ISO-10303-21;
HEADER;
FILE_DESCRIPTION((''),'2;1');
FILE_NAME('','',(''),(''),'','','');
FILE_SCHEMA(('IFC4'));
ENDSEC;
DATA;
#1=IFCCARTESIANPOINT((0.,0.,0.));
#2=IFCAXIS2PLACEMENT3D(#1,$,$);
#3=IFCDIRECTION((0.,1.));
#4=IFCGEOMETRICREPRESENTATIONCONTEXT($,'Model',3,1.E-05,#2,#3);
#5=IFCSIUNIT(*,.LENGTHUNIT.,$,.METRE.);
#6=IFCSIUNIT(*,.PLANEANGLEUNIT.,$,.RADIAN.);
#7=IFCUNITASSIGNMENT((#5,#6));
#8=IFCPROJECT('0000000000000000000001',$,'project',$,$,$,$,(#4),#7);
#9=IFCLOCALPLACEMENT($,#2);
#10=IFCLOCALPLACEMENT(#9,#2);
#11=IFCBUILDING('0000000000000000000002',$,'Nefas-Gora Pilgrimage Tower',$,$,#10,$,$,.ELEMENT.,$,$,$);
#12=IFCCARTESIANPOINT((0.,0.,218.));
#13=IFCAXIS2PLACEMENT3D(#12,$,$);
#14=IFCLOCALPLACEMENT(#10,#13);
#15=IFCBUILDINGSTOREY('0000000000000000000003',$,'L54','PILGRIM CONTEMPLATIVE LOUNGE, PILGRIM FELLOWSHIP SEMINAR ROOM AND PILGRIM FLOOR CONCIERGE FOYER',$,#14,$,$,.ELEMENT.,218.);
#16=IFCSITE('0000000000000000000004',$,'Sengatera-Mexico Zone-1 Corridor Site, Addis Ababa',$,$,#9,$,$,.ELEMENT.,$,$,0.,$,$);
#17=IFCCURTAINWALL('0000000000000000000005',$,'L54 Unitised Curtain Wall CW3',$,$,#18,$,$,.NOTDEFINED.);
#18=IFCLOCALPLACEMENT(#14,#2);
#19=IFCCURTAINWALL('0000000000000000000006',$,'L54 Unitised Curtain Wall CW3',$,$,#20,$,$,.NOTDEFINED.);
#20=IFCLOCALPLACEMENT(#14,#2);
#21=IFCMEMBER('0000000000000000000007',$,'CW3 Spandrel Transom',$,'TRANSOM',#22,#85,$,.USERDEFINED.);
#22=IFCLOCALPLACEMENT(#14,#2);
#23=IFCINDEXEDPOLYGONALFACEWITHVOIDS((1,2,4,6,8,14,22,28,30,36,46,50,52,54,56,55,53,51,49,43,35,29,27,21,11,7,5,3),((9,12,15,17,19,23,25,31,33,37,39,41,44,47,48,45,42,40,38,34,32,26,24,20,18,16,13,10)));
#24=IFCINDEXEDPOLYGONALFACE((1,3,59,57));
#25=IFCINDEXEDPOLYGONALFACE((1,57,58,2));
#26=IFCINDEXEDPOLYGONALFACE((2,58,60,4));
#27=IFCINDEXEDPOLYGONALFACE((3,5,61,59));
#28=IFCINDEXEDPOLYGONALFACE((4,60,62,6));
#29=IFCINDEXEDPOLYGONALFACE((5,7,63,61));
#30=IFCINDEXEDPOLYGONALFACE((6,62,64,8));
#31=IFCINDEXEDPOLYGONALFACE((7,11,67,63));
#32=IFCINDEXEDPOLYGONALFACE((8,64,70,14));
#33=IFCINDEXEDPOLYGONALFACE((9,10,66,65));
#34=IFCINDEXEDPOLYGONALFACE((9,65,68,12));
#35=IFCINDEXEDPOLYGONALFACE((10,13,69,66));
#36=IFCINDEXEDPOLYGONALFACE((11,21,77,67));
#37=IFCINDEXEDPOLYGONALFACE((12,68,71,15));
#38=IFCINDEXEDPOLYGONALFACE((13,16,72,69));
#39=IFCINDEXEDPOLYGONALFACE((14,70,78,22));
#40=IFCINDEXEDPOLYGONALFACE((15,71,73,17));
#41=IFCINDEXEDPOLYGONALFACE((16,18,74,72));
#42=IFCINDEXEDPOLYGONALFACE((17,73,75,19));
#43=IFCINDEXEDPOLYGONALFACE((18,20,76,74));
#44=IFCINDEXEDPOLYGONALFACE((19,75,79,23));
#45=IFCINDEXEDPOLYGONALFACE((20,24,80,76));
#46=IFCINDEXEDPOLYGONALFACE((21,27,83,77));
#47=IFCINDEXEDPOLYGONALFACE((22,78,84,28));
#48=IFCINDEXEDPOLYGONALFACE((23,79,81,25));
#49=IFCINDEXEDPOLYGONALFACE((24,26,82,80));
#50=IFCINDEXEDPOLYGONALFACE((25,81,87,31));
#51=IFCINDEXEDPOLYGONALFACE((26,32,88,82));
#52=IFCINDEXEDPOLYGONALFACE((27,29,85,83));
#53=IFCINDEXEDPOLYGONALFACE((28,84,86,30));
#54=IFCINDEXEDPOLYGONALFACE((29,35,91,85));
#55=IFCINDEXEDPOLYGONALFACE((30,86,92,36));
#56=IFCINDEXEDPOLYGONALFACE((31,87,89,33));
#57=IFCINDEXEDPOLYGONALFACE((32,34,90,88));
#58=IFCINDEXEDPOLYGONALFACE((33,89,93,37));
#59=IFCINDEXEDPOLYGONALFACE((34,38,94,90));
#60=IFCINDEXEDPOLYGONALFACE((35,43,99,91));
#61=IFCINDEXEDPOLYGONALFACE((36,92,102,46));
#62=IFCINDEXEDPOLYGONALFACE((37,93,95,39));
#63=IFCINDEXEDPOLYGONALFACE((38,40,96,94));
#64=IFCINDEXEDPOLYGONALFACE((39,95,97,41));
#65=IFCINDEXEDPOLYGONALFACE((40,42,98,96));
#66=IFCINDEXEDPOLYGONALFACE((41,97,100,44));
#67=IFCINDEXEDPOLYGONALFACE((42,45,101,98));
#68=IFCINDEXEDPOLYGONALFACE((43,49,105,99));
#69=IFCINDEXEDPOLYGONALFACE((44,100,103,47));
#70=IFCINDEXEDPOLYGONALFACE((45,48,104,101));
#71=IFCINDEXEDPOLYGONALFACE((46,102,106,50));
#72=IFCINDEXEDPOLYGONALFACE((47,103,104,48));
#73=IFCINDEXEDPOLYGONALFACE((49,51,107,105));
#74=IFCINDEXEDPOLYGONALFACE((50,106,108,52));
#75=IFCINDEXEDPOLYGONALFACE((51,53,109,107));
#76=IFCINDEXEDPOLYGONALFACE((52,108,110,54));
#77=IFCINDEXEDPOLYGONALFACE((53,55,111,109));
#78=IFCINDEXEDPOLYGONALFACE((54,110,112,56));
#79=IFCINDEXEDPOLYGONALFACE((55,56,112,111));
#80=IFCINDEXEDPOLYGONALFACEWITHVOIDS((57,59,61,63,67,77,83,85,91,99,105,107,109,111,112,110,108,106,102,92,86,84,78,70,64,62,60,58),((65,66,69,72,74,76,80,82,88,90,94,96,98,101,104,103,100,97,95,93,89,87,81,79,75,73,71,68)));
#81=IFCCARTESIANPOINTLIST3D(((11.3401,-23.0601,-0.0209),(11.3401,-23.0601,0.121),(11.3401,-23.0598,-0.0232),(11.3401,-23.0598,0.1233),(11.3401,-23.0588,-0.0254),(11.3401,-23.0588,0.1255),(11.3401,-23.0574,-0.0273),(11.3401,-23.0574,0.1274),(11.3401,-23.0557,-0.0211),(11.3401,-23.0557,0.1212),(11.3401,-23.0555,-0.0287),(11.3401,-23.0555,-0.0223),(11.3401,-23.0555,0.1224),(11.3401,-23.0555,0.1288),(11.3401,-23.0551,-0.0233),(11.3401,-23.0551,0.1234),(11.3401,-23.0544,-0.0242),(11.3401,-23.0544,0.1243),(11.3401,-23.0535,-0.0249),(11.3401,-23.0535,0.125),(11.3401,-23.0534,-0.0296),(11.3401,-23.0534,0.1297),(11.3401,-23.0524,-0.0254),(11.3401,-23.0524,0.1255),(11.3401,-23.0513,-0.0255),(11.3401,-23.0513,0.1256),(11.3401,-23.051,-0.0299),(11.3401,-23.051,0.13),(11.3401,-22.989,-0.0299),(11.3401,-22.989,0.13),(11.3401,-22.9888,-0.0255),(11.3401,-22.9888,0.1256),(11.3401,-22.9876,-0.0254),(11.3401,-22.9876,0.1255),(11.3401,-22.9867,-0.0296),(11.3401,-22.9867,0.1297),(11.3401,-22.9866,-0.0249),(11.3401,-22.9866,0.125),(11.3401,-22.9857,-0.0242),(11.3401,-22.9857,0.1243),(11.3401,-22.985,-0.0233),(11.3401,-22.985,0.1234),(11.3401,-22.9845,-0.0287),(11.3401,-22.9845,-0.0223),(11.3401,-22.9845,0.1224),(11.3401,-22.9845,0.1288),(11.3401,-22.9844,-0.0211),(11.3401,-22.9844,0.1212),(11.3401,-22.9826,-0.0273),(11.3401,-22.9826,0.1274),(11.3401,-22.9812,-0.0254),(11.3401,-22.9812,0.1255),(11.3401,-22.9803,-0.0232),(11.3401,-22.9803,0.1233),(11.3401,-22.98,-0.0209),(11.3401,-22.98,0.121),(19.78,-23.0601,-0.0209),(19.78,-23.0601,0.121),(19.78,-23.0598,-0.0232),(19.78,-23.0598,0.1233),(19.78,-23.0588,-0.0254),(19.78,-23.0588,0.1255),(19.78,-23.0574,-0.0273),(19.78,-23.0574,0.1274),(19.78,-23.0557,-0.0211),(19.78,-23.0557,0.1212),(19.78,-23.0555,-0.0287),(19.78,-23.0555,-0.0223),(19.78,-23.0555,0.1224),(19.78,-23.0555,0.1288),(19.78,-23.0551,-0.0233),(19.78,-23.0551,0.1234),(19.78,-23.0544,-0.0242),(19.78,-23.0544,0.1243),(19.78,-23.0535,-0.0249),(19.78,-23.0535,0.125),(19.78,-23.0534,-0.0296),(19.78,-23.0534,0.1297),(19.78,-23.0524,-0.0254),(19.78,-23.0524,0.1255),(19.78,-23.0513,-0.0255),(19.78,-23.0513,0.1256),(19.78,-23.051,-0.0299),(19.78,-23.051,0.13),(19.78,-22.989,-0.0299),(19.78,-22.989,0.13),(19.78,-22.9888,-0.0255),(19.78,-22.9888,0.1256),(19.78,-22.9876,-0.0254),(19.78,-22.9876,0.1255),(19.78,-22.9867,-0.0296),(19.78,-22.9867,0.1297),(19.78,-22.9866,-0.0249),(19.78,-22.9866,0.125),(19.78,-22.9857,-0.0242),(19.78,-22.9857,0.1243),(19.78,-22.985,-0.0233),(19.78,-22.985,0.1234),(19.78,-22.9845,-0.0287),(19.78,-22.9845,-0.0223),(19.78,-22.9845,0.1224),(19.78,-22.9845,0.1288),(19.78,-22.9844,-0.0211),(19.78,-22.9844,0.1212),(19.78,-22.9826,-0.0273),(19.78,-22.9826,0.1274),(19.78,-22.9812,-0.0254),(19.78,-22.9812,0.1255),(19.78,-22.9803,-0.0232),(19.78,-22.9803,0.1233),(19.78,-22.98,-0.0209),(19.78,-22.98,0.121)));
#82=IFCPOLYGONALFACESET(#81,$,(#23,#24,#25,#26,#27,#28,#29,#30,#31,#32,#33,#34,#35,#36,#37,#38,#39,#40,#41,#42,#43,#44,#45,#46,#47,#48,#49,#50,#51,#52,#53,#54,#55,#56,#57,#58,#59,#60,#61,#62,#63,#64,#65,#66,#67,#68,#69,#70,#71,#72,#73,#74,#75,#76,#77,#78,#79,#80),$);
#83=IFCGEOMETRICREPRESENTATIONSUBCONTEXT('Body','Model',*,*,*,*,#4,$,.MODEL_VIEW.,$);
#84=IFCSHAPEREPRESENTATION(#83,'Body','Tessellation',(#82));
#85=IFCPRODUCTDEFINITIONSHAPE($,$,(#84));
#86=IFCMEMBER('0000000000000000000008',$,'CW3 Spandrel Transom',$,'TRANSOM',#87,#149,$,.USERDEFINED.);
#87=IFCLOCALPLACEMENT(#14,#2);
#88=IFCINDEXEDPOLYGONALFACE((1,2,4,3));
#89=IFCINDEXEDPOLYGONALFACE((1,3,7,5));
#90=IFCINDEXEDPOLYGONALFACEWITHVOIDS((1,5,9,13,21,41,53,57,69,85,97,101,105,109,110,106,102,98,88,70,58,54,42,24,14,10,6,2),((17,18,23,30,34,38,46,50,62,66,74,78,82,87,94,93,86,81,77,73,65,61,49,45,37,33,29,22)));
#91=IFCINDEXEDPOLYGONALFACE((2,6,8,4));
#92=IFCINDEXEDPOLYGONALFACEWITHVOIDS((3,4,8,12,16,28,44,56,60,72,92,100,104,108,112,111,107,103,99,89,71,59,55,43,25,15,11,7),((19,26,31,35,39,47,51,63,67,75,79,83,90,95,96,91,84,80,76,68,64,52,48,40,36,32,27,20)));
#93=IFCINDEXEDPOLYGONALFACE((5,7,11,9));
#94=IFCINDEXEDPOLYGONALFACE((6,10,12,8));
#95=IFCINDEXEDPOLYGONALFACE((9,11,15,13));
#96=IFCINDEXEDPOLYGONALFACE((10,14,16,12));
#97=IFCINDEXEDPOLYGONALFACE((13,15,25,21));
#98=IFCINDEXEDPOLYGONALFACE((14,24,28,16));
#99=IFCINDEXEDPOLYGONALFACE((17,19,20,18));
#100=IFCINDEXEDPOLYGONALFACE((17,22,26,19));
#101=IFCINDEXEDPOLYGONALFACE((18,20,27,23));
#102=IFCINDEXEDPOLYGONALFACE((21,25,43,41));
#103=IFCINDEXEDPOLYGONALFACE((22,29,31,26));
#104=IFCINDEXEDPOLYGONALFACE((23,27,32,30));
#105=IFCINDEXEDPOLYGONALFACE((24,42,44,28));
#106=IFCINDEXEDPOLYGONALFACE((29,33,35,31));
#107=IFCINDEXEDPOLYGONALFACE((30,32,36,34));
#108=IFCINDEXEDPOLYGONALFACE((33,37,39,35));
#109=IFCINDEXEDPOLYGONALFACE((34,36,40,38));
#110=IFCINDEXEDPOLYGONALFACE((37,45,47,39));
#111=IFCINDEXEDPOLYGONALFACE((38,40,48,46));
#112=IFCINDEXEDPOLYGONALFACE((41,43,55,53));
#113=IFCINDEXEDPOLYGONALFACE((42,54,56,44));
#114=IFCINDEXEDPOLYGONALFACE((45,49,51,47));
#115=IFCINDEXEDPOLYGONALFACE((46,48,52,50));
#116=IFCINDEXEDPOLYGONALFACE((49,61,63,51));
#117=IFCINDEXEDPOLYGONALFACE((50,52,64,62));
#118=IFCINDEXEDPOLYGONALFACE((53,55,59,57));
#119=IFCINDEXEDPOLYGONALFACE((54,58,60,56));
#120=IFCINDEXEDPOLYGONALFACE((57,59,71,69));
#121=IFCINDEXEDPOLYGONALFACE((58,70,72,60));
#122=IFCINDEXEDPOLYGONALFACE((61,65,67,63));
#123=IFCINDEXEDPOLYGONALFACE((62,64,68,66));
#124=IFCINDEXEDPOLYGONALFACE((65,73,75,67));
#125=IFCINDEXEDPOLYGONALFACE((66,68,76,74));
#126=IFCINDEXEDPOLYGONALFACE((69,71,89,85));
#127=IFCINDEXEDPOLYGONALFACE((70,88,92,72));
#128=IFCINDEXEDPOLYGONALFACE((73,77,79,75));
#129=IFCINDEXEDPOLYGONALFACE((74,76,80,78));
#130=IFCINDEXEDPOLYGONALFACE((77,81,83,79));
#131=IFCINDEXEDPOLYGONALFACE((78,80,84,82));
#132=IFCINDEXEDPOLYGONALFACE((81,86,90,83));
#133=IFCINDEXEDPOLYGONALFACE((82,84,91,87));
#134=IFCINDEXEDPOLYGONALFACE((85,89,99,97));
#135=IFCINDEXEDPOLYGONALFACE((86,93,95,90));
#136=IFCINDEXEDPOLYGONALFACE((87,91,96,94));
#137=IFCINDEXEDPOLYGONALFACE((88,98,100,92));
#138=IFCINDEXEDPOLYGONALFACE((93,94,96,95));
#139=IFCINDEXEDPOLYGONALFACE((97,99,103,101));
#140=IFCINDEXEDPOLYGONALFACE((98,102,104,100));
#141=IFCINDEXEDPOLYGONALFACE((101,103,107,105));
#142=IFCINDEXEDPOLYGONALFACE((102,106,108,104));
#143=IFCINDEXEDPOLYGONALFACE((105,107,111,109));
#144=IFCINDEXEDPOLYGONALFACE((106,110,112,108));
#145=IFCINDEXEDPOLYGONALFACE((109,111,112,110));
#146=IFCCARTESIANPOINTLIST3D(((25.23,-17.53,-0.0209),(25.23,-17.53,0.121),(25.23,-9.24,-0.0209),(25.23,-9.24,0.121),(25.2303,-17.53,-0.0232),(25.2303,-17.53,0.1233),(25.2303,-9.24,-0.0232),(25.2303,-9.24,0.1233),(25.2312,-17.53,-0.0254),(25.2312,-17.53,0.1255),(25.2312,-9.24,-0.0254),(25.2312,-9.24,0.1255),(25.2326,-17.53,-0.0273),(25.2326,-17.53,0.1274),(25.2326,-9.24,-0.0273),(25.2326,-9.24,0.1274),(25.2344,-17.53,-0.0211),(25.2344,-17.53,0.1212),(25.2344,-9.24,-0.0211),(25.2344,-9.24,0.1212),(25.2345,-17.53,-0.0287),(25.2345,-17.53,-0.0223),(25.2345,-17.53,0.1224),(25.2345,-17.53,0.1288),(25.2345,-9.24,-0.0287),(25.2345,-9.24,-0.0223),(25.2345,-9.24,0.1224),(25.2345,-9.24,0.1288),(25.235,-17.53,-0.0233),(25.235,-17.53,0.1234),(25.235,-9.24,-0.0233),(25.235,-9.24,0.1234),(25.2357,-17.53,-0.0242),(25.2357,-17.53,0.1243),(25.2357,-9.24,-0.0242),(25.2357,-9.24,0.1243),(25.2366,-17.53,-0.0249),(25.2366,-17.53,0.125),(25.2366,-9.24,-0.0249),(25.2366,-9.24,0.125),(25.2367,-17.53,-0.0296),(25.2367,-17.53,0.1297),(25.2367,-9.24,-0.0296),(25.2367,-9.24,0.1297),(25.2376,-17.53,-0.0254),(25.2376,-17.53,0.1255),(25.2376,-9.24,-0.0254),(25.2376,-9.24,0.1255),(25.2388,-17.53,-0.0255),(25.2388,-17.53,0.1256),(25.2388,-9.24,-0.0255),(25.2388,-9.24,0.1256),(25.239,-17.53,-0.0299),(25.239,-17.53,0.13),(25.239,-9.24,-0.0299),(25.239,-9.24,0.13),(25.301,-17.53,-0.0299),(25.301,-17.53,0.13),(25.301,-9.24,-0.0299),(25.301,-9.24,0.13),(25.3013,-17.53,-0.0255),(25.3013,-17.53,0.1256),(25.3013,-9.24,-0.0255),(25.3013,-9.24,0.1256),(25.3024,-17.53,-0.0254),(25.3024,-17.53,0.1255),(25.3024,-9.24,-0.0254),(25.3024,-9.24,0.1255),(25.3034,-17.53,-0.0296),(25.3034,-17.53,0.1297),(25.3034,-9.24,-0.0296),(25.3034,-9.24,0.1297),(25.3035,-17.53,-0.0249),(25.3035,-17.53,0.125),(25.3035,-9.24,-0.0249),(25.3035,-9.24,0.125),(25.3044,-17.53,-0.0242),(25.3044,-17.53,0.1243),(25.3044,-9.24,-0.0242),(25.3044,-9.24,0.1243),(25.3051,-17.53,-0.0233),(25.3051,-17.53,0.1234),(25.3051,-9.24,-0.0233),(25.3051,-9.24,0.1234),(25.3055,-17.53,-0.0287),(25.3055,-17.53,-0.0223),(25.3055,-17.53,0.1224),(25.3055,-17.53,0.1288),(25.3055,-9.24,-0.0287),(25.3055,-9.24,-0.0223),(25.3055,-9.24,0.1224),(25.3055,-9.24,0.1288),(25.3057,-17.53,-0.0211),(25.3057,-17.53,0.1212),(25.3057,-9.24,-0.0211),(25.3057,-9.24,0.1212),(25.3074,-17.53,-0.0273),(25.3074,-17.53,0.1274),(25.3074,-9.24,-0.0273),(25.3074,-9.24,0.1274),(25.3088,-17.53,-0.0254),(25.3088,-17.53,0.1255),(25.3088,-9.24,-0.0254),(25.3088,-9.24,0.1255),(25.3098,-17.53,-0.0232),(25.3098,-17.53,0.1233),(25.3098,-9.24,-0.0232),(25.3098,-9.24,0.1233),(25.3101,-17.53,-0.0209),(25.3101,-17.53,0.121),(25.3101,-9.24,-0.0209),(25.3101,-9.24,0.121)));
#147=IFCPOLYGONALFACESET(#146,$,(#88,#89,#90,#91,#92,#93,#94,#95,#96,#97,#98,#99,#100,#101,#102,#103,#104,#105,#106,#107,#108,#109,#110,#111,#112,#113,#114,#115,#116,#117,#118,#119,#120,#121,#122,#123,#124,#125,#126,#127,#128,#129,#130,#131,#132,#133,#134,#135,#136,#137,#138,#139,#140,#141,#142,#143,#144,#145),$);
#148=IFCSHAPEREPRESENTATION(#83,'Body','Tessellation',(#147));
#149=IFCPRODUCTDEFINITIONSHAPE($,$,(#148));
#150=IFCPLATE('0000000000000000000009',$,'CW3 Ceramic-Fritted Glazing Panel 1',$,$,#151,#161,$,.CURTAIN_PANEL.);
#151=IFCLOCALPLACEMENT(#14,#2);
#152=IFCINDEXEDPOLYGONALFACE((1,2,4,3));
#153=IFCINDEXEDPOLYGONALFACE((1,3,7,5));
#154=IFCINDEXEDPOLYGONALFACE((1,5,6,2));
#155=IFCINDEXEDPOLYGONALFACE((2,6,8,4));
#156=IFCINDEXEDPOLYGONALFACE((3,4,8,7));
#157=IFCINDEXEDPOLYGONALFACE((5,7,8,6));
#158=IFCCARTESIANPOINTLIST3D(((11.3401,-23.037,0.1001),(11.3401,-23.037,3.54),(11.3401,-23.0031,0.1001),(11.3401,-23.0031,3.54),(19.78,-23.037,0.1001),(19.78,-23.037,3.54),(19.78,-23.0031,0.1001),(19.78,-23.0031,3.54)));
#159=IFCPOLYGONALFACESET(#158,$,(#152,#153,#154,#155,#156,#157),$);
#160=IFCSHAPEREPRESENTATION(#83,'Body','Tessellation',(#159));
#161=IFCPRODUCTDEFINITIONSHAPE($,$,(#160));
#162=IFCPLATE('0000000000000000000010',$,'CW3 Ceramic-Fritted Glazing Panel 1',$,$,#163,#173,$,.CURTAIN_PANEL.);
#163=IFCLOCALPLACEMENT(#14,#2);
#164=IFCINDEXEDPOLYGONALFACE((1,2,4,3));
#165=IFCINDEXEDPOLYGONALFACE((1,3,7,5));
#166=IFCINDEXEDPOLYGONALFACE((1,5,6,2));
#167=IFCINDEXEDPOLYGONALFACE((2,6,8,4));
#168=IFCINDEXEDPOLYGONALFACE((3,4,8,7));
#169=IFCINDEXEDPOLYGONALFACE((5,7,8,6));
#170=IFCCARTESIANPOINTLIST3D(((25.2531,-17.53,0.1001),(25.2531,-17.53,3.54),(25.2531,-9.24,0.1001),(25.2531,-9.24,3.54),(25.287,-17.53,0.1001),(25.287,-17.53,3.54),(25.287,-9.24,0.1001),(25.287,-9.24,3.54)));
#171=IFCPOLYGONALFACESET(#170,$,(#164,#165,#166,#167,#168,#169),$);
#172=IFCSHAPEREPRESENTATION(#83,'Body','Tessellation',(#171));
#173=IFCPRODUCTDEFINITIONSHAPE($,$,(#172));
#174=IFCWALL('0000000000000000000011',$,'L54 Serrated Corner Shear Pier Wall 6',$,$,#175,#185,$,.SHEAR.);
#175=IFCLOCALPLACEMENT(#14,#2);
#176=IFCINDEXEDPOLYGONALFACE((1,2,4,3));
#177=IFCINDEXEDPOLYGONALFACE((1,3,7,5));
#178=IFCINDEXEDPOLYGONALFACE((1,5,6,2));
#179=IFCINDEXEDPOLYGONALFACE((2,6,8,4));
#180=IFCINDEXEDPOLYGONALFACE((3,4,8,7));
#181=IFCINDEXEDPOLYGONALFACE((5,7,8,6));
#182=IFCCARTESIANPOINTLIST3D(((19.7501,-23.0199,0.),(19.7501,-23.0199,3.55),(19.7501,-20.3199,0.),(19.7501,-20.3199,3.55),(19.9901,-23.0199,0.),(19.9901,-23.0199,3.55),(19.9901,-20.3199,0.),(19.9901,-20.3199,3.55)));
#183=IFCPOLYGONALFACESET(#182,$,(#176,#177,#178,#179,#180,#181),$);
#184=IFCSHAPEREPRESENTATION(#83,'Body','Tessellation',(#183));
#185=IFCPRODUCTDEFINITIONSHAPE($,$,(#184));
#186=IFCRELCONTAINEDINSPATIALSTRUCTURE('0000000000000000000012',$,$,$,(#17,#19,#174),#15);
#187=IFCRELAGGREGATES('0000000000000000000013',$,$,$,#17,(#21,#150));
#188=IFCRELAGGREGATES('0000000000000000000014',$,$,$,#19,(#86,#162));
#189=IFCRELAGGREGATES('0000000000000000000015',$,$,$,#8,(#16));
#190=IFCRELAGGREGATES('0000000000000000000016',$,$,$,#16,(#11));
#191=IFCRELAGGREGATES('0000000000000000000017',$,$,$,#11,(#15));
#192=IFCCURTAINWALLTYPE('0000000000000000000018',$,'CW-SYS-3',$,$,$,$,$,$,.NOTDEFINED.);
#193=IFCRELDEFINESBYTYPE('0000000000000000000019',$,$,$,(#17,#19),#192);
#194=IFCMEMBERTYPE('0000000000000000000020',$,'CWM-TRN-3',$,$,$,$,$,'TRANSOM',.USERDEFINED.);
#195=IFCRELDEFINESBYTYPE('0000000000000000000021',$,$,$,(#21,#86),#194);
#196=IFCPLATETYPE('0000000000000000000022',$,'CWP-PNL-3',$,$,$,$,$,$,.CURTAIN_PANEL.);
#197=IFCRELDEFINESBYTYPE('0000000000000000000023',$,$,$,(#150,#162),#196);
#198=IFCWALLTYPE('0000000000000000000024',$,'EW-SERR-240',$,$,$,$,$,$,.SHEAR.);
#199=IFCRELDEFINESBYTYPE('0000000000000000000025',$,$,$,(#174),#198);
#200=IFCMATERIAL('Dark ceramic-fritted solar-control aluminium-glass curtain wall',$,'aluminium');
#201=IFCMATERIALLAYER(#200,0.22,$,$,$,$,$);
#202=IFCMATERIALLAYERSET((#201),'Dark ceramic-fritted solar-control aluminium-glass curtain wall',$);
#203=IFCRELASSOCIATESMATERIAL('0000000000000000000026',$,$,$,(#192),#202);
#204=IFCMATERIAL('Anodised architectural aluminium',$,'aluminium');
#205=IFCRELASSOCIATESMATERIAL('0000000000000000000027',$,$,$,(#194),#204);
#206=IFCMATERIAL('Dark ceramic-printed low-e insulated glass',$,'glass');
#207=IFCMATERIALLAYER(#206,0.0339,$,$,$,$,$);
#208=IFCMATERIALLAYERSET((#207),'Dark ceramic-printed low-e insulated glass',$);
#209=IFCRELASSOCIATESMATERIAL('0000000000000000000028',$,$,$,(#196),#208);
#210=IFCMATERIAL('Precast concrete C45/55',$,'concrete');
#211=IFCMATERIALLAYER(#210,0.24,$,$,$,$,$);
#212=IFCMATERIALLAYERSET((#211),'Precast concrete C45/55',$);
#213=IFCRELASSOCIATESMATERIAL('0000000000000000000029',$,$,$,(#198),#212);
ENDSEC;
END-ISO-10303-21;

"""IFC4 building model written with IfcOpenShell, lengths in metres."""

from ifc_helpers import new_model, si_unit, direction, frame, frame_2d, origin, origin_2d, place, context, subcontext, project, spatial, rectangle, hollow_rectangle, extrude, source, transform, mapped, material, layer, layer_set, material_profile, profile_set, type_object, element, aggregate, save


model = new_model("IFC4")

# Units and contexts
model_context = context("Model", 3, precision=1e-05, world=origin(), true_north=direction((0.0, 1.0)))
body_context = subcontext(model_context, "Body", "Model", "MODEL_VIEW")
ifc_project = project(units=[si_unit("LENGTHUNIT", "METRE"), si_unit("PLANEANGLEUNIT", "RADIAN")], contexts=[model_context])

# Site, building, storey
site_placement = place(None, origin())
site = spatial("IfcSite", under=ifc_project, at=site_placement, Name="Sengatera-Mexico Zone-1 Corridor Site, Addis Ababa", CompositionType="ELEMENT", RefElevation=0.0)
building_placement = place(site_placement, origin())
building = spatial("IfcBuilding", under=site, at=building_placement, Name="Nefas-Gora Pilgrimage Tower", CompositionType="ELEMENT")
storey_placement = place(building_placement, frame((0.0, 0.0, 218.0)))
storey = spatial("IfcBuildingStorey", under=building, at=storey_placement, Name="L54", Description="PILGRIM CONTEMPLATIVE LOUNGE, PILGRIM FELLOWSHIP SEMINAR ROOM AND PILGRIM FLOOR CONCIERGE FOYER", CompositionType="ELEMENT", Elevation=218.0)

# Curtain wall
ifc_material_1 = material(Name="Dark ceramic-fritted solar-control aluminium-glass curtain wall", Category="aluminium")
ifc_layer_1 = layer(ifc_material_1, 0.22)
ifc_layer_set_1 = layer_set([ifc_layer_1], Name="Dark ceramic-fritted solar-control aluminium-glass curtain wall")
curtain_wall_type = type_object("IfcCurtainWallType", Name="CW-SYS-3", PredefinedType="NOTDEFINED", material=ifc_layer_set_1)
curtain_wall_1_placement = place(storey_placement, origin())
curtain_wall_1 = element("IfcCurtainWall", 1, at=curtain_wall_1_placement, inside=storey, type_object=curtain_wall_type, Name="L54 Unitised Curtain Wall CW3", PredefinedType="NOTDEFINED")
ifc_material_2 = material(Name="Anodised architectural aluminium", Category="aluminium")

# Curtain wall
curtain_wall_2_placement = place(storey_placement, origin())
curtain_wall_2 = element("IfcCurtainWall", 2, at=curtain_wall_2_placement, inside=storey, type_object=curtain_wall_type, Name="L54 Unitised Curtain Wall CW3", PredefinedType="NOTDEFINED")

# Members
ifc_material_profile_1 = material_profile(ifc_material_2, hollow_rectangle(XDim=0.0801, YDim=0.1599, WallThickness=0.0044, InnerFilletRadius=0.0044, OuterFilletRadius=0.009, at=origin_2d()), Name="ALU TRANSOM 80x160")
ifc_profile_set_1 = profile_set([ifc_material_profile_1], Name="Anodised architectural aluminium")
member_type_1 = type_object("IfcMemberType", Name="CWM-TRN-3", ElementType="TRANSOM", PredefinedType="USERDEFINED", material=ifc_profile_set_1)
shared_shape_1 = source(origin(), body_context, "Body", "SweptSolid", [
    extrude(hollow_rectangle(XDim=0.0801, YDim=0.1599, WallThickness=0.0044, InnerFilletRadius=0.0044, OuterFilletRadius=0.009, at=origin_2d()), origin(), (0.0, 0.0, 1.0), 8.4399),
])
member_1_placement = place(storey_placement, frame((11.3401, -23.02, 0.05), z_axis=(1.0, 0.0, 0.0), x_axis=(0.0, 1.0, 0.0)))
member_1 = element("IfcMember", 3, at=member_1_placement, type_object=member_type_1, Name="CW3 Spandrel Transom", ObjectType="TRANSOM", PredefinedType="USERDEFINED", context=body_context, shape_type="MappedRepresentation", body=[
    mapped(shared_shape_1, transform((0.0, 0.0, 0.0), x_axis=(1.0, 0.0, 0.0), y_axis=(0.0, 1.0, 0.0), z_axis=(0.0, 0.0, 1.0), scale=1.0)),
])
shared_shape_2 = source(origin(), body_context, "Body", "SweptSolid", [
    extrude(hollow_rectangle(XDim=0.0801, YDim=0.1599, WallThickness=0.0044, InnerFilletRadius=0.0044, OuterFilletRadius=0.009, at=origin_2d()), origin(), (0.0, 0.0, 1.0), 8.29),
])
member_2_placement = place(storey_placement, frame((25.27, -17.53, 0.05), z_axis=(0.0, 1.0, 0.0), x_axis=(-1.0, 0.0, 0.0)))
member_2 = element("IfcMember", 4, at=member_2_placement, type_object=member_type_1, Name="CW3 Spandrel Transom", ObjectType="TRANSOM", PredefinedType="USERDEFINED", context=body_context, shape_type="MappedRepresentation", body=[
    mapped(shared_shape_2, transform((0.0, 0.0, 0.0), x_axis=(1.0, 0.0, 0.0), y_axis=(0.0, 1.0, 0.0), z_axis=(0.0, 0.0, 1.0), scale=1.0)),
])

# Plates
ifc_material_3 = material(Name="Dark ceramic-printed low-e insulated glass", Category="glass")
ifc_layer_2 = layer(ifc_material_3, 0.0339)
ifc_layer_set_2 = layer_set([ifc_layer_2], Name="Dark ceramic-printed low-e insulated glass")
plate_type = type_object("IfcPlateType", Name="CWP-PNL-3", PredefinedType="CURTAIN_PANEL", material=ifc_layer_set_2)
shared_shape_3 = source(origin(), body_context, "Body", "SweptSolid", [
    extrude(rectangle(XDim=8.4399, YDim=0.0339, at=origin_2d()), origin(), (0.0, 0.0, 1.0), 3.4399),
])
plate_1_placement = place(storey_placement, frame((15.5601, -23.02, 0.1001), z_axis=(0.0, 0.0, 1.0), x_axis=(1.0, 0.0, 0.0)))
plate_1 = element("IfcPlate", 5, at=plate_1_placement, type_object=plate_type, Name="CW3 Ceramic-Fritted Glazing Panel 1", PredefinedType="CURTAIN_PANEL", context=body_context, shape_type="MappedRepresentation", body=[
    mapped(shared_shape_3, transform((0.0, 0.0, 0.0), x_axis=(1.0, 0.0, 0.0), y_axis=(0.0, 1.0, 0.0), z_axis=(0.0, 0.0, 1.0), scale=1.0)),
])
aggregate(curtain_wall_1, [member_1, plate_1])
shared_shape_4 = source(origin(), body_context, "Body", "SweptSolid", [
    extrude(rectangle(XDim=8.29, YDim=0.0339, at=origin_2d()), origin(), (0.0, 0.0, 1.0), 3.4399),
])
plate_2_placement = place(storey_placement, frame((25.27, -13.385, 0.1001), z_axis=(0.0, 0.0, 1.0), x_axis=(0.0, 1.0, 0.0)))
plate_2 = element("IfcPlate", 6, at=plate_2_placement, type_object=plate_type, Name="CW3 Ceramic-Fritted Glazing Panel 1", PredefinedType="CURTAIN_PANEL", context=body_context, shape_type="MappedRepresentation", body=[
    mapped(shared_shape_4, transform((0.0, 0.0, 0.0), x_axis=(1.0, 0.0, 0.0), y_axis=(0.0, 1.0, 0.0), z_axis=(0.0, 0.0, 1.0), scale=1.0)),
])
aggregate(curtain_wall_2, [member_2, plate_2])

# Wall
ifc_material_4 = material(Name="Precast concrete C45/55", Category="concrete")
ifc_layer_3 = layer(ifc_material_4, 0.24)
ifc_layer_set_3 = layer_set([ifc_layer_3], Name="Precast concrete C45/55")
wall_type_1 = type_object("IfcWallType", Name="EW-SERR-240", PredefinedType="SHEAR", material=ifc_layer_set_3)
shared_shape_5 = source(origin(), body_context, "Body", "SweptSolid", [
    extrude(rectangle(XDim=2.7, YDim=0.24, at=frame_2d((1.3501, 0.0))), origin(), (0.0, 0.0, 1.0), 3.55),
])
for number, where, z_axis, x_axis, name in (
    (7, (19.8701, -23.02, 0.0), (0.0, 0.0, 1.0), (0.0, 1.0, 0.0), "L54 Serrated Corner Shear Pier Wall 6"),
):
    element("IfcWall", number, at=place(storey_placement, frame(where, z_axis=z_axis, x_axis=x_axis)), inside=storey, type_object=wall_type_1, Name=name, PredefinedType="SHEAR", context=body_context, shape_type="MappedRepresentation", body=[
        mapped(shared_shape_5, transform((0.0, 0.0, 0.0), x_axis=(1.0, 0.0, 0.0), y_axis=(0.0, 1.0, 0.0), z_axis=(0.0, 0.0, 1.0), scale=1.0)),
    ])

save(model, "model.ifc")
